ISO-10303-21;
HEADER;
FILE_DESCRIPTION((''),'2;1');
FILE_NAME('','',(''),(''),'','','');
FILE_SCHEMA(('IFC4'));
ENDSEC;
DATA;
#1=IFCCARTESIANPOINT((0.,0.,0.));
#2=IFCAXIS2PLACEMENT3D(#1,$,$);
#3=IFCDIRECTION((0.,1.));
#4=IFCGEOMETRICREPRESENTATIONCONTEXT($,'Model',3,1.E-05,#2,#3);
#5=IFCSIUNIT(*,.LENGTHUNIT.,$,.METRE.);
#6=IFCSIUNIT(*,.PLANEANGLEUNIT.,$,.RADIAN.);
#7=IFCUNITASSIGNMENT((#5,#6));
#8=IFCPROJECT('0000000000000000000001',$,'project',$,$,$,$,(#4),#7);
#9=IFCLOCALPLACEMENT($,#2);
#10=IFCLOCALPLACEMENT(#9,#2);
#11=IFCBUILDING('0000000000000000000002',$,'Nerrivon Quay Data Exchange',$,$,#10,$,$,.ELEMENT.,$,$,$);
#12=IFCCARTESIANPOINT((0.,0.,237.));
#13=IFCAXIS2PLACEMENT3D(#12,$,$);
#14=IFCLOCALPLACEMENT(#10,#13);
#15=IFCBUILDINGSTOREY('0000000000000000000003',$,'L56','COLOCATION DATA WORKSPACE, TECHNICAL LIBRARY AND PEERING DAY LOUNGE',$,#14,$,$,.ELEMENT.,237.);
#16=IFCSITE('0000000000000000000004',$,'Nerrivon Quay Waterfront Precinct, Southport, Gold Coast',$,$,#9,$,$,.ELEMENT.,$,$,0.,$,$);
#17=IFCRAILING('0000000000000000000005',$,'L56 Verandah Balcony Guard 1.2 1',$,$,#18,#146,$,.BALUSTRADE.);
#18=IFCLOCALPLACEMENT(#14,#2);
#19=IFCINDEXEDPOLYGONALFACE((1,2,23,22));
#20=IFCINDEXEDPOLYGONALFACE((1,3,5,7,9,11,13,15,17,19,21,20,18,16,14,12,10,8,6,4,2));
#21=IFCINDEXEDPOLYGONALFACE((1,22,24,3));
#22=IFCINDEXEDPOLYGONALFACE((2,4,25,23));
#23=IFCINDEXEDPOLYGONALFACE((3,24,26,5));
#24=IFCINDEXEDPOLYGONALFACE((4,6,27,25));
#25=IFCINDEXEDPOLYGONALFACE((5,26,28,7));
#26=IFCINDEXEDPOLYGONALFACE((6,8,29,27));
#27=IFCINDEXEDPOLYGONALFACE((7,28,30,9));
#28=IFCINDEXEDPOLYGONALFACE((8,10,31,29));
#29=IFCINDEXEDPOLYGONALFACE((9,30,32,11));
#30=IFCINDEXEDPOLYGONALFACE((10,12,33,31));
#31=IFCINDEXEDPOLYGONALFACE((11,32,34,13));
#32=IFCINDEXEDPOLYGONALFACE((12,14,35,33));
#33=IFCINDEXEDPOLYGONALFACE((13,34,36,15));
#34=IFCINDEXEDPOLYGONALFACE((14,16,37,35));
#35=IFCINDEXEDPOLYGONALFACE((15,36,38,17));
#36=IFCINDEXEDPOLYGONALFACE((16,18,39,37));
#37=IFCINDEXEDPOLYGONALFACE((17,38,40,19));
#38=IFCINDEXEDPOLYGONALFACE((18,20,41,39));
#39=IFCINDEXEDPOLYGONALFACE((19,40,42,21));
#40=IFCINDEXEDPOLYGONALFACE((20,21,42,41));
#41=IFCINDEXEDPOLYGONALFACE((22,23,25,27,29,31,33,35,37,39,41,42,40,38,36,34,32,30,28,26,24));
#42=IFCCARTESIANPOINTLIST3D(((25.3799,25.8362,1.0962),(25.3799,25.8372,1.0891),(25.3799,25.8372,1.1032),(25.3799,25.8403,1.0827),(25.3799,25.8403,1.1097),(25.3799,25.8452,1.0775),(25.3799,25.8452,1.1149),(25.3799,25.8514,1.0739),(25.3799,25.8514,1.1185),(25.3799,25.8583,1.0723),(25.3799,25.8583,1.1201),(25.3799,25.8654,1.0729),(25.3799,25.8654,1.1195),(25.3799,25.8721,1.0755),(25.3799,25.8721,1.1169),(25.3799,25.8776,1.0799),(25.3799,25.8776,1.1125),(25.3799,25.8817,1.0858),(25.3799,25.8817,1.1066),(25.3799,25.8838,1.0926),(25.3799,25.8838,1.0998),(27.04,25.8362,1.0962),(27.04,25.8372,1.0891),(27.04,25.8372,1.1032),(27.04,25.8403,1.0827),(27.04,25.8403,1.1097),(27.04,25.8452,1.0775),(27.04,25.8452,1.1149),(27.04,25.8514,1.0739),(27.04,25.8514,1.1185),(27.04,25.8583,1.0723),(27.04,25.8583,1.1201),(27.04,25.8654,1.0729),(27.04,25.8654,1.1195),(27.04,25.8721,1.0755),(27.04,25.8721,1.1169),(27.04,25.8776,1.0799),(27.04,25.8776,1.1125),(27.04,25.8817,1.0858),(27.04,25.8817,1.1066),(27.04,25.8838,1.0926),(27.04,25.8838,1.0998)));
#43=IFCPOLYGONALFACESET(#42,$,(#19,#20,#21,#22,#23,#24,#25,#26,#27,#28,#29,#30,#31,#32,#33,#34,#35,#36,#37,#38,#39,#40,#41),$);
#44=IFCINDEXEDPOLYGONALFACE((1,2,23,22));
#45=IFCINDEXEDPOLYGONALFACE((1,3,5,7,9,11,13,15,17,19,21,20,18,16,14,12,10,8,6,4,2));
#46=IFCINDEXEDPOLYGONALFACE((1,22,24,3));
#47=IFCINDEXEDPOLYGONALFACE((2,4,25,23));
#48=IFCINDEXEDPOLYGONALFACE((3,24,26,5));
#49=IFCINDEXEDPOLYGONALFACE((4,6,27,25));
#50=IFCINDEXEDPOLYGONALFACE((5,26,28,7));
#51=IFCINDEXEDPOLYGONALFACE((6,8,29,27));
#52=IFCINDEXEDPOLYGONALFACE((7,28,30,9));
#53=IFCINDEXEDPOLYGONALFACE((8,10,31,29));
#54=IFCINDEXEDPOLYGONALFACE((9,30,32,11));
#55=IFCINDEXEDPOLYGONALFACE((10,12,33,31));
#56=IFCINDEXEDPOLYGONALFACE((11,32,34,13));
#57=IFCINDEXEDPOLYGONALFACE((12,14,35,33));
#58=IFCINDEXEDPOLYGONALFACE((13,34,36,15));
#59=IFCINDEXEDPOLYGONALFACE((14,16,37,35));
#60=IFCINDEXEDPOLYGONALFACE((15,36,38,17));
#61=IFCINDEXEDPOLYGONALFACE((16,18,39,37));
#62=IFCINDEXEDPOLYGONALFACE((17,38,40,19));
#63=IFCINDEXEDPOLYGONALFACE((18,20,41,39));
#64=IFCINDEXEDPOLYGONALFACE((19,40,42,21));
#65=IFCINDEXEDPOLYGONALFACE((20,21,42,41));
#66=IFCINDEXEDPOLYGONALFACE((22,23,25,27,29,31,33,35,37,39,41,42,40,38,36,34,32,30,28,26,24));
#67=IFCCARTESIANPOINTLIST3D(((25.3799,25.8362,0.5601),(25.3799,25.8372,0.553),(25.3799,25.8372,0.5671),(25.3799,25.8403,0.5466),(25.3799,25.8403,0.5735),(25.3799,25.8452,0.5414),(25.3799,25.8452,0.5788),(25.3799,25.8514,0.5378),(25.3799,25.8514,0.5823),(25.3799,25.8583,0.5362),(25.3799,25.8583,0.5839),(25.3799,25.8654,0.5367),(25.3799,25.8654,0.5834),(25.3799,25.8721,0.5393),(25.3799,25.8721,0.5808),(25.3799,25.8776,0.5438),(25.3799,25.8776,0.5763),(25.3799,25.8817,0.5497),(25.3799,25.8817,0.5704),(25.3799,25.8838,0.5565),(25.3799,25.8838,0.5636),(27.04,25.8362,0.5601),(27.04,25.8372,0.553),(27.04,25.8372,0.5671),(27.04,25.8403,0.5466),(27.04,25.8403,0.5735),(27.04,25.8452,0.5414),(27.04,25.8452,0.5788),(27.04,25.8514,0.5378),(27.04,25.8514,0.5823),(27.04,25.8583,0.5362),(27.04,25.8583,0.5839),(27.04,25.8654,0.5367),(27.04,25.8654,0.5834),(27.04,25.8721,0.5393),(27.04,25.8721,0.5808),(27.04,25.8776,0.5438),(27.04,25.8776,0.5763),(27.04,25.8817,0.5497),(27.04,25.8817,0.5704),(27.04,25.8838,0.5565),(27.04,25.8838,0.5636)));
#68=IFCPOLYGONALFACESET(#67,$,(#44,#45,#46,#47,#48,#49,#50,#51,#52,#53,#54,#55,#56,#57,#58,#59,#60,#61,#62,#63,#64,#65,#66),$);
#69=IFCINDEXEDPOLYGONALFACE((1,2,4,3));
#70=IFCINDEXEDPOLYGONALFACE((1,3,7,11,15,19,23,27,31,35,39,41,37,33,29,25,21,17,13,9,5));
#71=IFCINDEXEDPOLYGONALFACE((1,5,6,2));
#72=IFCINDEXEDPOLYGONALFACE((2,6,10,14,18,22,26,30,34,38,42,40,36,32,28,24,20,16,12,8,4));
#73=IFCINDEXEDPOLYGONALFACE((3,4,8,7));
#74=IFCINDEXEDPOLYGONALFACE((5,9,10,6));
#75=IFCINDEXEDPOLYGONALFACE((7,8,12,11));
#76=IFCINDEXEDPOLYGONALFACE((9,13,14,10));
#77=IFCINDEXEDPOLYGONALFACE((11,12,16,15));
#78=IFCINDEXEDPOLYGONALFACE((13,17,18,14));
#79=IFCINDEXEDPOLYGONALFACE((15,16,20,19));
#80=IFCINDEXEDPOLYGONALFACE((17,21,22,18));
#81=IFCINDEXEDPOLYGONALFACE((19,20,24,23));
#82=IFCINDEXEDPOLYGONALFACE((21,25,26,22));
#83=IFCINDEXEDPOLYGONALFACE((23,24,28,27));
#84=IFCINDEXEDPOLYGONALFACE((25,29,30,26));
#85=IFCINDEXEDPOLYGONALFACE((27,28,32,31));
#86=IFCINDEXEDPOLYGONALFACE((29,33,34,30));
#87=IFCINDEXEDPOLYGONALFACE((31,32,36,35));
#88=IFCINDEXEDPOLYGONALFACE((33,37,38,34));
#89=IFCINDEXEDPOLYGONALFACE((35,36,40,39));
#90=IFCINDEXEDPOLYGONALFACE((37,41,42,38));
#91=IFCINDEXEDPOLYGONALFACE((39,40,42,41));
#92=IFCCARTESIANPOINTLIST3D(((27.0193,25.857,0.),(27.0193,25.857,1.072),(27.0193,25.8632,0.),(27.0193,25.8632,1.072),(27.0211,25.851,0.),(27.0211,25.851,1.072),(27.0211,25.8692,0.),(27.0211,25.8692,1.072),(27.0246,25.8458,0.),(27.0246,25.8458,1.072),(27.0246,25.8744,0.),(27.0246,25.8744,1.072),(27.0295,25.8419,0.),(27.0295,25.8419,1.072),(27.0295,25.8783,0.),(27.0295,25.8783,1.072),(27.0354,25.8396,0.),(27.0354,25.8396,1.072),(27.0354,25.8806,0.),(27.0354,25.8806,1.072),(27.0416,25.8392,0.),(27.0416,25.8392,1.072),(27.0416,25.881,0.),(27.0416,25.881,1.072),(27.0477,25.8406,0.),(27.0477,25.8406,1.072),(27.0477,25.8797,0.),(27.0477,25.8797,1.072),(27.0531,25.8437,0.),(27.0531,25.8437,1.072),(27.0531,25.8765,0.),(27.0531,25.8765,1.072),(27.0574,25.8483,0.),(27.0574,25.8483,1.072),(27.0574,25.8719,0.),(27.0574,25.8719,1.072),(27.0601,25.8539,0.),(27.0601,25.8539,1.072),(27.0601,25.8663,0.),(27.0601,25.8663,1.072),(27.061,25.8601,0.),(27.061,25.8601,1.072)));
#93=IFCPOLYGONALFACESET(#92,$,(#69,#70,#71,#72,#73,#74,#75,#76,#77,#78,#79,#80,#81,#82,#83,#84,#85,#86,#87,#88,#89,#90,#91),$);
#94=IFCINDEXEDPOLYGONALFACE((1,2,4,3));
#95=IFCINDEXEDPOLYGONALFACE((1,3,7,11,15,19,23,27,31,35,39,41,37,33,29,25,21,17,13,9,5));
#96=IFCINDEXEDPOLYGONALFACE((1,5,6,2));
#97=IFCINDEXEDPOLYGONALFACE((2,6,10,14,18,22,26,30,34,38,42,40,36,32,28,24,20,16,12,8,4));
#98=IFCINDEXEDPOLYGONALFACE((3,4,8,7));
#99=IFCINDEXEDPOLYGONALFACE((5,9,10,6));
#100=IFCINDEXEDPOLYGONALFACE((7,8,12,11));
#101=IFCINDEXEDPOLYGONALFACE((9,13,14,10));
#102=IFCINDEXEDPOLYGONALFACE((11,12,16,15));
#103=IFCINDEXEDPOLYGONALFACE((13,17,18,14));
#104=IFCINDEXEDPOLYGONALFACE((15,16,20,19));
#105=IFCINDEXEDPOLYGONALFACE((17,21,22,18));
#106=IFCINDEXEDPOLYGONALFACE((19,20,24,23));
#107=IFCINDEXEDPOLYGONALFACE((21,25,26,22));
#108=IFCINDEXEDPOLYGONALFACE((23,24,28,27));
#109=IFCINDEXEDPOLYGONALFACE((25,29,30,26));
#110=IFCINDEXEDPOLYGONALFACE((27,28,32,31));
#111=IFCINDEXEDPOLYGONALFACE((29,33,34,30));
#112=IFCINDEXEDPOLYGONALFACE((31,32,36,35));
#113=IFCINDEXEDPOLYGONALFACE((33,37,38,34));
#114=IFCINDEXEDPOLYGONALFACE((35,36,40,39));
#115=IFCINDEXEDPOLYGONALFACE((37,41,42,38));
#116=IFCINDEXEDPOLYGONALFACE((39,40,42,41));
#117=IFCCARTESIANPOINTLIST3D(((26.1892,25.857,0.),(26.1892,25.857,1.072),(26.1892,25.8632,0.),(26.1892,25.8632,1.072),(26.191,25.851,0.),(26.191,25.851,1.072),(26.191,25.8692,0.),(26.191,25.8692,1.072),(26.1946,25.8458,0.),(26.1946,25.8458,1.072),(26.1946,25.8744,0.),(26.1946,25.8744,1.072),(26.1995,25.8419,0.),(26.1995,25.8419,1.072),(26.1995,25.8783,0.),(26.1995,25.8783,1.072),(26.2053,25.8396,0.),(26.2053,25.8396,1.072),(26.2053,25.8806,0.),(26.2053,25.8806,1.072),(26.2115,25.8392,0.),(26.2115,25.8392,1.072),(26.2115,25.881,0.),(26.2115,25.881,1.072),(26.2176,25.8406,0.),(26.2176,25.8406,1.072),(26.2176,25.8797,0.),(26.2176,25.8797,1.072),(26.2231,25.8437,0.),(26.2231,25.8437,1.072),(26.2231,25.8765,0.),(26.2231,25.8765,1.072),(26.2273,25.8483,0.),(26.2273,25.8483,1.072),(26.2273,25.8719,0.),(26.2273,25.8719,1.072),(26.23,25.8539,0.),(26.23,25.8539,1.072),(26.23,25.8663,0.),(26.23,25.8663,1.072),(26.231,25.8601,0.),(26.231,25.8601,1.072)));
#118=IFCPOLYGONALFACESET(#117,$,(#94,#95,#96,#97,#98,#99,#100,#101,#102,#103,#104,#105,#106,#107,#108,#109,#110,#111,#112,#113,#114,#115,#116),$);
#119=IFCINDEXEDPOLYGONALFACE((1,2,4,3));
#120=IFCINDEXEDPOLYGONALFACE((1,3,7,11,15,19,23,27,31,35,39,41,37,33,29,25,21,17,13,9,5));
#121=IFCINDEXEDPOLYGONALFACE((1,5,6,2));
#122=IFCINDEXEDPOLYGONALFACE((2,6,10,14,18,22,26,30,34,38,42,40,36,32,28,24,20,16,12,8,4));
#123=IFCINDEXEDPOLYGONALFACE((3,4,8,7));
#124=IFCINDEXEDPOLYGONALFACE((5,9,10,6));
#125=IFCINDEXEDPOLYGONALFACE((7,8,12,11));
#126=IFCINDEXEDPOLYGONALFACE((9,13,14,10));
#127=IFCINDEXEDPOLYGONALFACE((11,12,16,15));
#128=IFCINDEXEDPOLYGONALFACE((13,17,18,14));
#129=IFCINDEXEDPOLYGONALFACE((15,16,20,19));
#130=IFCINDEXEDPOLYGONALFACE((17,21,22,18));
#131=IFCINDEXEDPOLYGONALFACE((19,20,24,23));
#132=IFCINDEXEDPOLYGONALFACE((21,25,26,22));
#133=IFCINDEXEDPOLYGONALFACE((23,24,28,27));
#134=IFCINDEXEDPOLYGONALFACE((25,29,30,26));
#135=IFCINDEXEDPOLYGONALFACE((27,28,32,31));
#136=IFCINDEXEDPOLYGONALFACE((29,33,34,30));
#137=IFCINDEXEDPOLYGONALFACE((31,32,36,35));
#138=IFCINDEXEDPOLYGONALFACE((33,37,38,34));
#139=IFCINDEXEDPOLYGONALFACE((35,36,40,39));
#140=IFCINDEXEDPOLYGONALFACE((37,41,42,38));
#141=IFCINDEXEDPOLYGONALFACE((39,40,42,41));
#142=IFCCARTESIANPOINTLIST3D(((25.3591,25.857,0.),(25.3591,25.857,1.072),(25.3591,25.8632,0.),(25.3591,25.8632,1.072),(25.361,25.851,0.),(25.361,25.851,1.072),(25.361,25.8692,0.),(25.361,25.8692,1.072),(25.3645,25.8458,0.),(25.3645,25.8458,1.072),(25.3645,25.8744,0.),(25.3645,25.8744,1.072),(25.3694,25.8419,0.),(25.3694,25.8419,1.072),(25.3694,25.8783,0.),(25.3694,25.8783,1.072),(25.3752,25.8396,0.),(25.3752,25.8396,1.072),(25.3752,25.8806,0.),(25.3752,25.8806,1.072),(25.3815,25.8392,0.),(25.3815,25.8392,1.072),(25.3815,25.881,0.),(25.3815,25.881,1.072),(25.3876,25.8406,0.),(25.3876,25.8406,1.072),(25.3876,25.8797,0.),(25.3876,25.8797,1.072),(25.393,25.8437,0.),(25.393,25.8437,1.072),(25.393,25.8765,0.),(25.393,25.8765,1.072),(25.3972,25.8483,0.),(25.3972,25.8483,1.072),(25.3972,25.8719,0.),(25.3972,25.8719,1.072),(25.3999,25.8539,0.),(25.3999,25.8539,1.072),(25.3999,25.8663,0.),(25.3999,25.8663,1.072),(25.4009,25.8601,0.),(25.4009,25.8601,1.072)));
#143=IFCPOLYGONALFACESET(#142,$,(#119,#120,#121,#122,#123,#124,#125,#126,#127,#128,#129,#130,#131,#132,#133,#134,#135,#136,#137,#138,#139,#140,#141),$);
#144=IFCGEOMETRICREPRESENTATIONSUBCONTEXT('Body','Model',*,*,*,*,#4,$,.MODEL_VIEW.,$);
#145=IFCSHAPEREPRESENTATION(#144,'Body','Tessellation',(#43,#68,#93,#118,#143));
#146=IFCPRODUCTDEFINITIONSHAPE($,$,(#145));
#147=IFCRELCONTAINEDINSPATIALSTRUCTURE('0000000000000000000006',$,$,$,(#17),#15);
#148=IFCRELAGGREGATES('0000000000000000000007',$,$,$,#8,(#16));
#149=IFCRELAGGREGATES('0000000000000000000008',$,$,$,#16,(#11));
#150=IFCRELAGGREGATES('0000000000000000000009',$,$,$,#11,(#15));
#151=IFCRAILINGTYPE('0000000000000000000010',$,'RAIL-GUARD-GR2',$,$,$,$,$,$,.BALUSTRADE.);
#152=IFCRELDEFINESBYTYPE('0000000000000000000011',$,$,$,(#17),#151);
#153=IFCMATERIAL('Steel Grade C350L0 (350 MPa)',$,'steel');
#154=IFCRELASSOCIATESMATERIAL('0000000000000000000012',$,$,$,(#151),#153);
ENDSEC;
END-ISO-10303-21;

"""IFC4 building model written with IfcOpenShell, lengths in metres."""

from ifc_helpers import new_model, si_unit, direction, frame, origin, origin_2d, place, context, subcontext, project, spatial, circle, extrude, material, type_object, element, save


model = new_model("IFC4")

# Units and contexts
model_context = context("Model", 3, precision=1e-05, world=origin(), true_north=direction((0.0, 1.0)))
body_context = subcontext(model_context, "Body", "Model", "MODEL_VIEW")
ifc_project = project(units=[si_unit("LENGTHUNIT", "METRE"), si_unit("PLANEANGLEUNIT", "RADIAN")], contexts=[model_context])

# Site, building, storey
site_placement = place(None, origin())
site = spatial("IfcSite", under=ifc_project, at=site_placement, Name="Nerrivon Quay Waterfront Precinct, Southport, Gold Coast", CompositionType="ELEMENT", RefElevation=0.0)
building_placement = place(site_placement, origin())
building = spatial("IfcBuilding", under=site, at=building_placement, Name="Nerrivon Quay Data Exchange", CompositionType="ELEMENT")
storey_placement = place(building_placement, frame((0.0, 0.0, 237.0)))
storey = spatial("IfcBuildingStorey", under=building, at=storey_placement, Name="L56", Description="COLOCATION DATA WORKSPACE, TECHNICAL LIBRARY AND PEERING DAY LOUNGE", CompositionType="ELEMENT", Elevation=237.0)

# Shared definitions
ifc_material_1 = material(Name="Steel Grade C350L0 (350 MPa)", Category="steel")

# Railing
railing_type = type_object("IfcRailingType", Name="RAIL-GUARD-GR2", PredefinedType="BALUSTRADE", material=ifc_material_1)
railing_1_placement = place(storey_placement, frame((27.04, 25.8601, 0.0)))
element("IfcRailing", 1, at=railing_1_placement, inside=storey, type_object=railing_type, Name="L56 Verandah Balcony Guard 1.2 1", PredefinedType="BALUSTRADE", context=body_context, shape_type="SweptSolid", body=[
    extrude(circle(Radius=0.0239, at=origin_2d()), frame((0.0, 0.0, 1.0962), z_axis=(-1.0, 0.0, 0.0), x_axis=(0.0, -1.0, 0.0)), (0.0, 0.0, 1.0), 1.6602),
    extrude(circle(Radius=0.0239, at=origin_2d()), frame((0.0, 0.0, 0.5601), z_axis=(-1.0, 0.0, 0.0), x_axis=(0.0, -1.0, 0.0)), (0.0, 0.0, 1.0), 1.6602),
    extrude(circle(Radius=0.021, at=origin_2d()), origin(), (0.0, 0.0, 1.0), 1.072),
    extrude(circle(Radius=0.021, at=origin_2d()), frame((-0.8301, 0.0, 0.0)), (0.0, 0.0, 1.0), 1.072),
    extrude(circle(Radius=0.021, at=origin_2d()), frame((-1.6602, 0.0, 0.0)), (0.0, 0.0, 1.0), 1.072),
])

save(model, "model.ifc")
